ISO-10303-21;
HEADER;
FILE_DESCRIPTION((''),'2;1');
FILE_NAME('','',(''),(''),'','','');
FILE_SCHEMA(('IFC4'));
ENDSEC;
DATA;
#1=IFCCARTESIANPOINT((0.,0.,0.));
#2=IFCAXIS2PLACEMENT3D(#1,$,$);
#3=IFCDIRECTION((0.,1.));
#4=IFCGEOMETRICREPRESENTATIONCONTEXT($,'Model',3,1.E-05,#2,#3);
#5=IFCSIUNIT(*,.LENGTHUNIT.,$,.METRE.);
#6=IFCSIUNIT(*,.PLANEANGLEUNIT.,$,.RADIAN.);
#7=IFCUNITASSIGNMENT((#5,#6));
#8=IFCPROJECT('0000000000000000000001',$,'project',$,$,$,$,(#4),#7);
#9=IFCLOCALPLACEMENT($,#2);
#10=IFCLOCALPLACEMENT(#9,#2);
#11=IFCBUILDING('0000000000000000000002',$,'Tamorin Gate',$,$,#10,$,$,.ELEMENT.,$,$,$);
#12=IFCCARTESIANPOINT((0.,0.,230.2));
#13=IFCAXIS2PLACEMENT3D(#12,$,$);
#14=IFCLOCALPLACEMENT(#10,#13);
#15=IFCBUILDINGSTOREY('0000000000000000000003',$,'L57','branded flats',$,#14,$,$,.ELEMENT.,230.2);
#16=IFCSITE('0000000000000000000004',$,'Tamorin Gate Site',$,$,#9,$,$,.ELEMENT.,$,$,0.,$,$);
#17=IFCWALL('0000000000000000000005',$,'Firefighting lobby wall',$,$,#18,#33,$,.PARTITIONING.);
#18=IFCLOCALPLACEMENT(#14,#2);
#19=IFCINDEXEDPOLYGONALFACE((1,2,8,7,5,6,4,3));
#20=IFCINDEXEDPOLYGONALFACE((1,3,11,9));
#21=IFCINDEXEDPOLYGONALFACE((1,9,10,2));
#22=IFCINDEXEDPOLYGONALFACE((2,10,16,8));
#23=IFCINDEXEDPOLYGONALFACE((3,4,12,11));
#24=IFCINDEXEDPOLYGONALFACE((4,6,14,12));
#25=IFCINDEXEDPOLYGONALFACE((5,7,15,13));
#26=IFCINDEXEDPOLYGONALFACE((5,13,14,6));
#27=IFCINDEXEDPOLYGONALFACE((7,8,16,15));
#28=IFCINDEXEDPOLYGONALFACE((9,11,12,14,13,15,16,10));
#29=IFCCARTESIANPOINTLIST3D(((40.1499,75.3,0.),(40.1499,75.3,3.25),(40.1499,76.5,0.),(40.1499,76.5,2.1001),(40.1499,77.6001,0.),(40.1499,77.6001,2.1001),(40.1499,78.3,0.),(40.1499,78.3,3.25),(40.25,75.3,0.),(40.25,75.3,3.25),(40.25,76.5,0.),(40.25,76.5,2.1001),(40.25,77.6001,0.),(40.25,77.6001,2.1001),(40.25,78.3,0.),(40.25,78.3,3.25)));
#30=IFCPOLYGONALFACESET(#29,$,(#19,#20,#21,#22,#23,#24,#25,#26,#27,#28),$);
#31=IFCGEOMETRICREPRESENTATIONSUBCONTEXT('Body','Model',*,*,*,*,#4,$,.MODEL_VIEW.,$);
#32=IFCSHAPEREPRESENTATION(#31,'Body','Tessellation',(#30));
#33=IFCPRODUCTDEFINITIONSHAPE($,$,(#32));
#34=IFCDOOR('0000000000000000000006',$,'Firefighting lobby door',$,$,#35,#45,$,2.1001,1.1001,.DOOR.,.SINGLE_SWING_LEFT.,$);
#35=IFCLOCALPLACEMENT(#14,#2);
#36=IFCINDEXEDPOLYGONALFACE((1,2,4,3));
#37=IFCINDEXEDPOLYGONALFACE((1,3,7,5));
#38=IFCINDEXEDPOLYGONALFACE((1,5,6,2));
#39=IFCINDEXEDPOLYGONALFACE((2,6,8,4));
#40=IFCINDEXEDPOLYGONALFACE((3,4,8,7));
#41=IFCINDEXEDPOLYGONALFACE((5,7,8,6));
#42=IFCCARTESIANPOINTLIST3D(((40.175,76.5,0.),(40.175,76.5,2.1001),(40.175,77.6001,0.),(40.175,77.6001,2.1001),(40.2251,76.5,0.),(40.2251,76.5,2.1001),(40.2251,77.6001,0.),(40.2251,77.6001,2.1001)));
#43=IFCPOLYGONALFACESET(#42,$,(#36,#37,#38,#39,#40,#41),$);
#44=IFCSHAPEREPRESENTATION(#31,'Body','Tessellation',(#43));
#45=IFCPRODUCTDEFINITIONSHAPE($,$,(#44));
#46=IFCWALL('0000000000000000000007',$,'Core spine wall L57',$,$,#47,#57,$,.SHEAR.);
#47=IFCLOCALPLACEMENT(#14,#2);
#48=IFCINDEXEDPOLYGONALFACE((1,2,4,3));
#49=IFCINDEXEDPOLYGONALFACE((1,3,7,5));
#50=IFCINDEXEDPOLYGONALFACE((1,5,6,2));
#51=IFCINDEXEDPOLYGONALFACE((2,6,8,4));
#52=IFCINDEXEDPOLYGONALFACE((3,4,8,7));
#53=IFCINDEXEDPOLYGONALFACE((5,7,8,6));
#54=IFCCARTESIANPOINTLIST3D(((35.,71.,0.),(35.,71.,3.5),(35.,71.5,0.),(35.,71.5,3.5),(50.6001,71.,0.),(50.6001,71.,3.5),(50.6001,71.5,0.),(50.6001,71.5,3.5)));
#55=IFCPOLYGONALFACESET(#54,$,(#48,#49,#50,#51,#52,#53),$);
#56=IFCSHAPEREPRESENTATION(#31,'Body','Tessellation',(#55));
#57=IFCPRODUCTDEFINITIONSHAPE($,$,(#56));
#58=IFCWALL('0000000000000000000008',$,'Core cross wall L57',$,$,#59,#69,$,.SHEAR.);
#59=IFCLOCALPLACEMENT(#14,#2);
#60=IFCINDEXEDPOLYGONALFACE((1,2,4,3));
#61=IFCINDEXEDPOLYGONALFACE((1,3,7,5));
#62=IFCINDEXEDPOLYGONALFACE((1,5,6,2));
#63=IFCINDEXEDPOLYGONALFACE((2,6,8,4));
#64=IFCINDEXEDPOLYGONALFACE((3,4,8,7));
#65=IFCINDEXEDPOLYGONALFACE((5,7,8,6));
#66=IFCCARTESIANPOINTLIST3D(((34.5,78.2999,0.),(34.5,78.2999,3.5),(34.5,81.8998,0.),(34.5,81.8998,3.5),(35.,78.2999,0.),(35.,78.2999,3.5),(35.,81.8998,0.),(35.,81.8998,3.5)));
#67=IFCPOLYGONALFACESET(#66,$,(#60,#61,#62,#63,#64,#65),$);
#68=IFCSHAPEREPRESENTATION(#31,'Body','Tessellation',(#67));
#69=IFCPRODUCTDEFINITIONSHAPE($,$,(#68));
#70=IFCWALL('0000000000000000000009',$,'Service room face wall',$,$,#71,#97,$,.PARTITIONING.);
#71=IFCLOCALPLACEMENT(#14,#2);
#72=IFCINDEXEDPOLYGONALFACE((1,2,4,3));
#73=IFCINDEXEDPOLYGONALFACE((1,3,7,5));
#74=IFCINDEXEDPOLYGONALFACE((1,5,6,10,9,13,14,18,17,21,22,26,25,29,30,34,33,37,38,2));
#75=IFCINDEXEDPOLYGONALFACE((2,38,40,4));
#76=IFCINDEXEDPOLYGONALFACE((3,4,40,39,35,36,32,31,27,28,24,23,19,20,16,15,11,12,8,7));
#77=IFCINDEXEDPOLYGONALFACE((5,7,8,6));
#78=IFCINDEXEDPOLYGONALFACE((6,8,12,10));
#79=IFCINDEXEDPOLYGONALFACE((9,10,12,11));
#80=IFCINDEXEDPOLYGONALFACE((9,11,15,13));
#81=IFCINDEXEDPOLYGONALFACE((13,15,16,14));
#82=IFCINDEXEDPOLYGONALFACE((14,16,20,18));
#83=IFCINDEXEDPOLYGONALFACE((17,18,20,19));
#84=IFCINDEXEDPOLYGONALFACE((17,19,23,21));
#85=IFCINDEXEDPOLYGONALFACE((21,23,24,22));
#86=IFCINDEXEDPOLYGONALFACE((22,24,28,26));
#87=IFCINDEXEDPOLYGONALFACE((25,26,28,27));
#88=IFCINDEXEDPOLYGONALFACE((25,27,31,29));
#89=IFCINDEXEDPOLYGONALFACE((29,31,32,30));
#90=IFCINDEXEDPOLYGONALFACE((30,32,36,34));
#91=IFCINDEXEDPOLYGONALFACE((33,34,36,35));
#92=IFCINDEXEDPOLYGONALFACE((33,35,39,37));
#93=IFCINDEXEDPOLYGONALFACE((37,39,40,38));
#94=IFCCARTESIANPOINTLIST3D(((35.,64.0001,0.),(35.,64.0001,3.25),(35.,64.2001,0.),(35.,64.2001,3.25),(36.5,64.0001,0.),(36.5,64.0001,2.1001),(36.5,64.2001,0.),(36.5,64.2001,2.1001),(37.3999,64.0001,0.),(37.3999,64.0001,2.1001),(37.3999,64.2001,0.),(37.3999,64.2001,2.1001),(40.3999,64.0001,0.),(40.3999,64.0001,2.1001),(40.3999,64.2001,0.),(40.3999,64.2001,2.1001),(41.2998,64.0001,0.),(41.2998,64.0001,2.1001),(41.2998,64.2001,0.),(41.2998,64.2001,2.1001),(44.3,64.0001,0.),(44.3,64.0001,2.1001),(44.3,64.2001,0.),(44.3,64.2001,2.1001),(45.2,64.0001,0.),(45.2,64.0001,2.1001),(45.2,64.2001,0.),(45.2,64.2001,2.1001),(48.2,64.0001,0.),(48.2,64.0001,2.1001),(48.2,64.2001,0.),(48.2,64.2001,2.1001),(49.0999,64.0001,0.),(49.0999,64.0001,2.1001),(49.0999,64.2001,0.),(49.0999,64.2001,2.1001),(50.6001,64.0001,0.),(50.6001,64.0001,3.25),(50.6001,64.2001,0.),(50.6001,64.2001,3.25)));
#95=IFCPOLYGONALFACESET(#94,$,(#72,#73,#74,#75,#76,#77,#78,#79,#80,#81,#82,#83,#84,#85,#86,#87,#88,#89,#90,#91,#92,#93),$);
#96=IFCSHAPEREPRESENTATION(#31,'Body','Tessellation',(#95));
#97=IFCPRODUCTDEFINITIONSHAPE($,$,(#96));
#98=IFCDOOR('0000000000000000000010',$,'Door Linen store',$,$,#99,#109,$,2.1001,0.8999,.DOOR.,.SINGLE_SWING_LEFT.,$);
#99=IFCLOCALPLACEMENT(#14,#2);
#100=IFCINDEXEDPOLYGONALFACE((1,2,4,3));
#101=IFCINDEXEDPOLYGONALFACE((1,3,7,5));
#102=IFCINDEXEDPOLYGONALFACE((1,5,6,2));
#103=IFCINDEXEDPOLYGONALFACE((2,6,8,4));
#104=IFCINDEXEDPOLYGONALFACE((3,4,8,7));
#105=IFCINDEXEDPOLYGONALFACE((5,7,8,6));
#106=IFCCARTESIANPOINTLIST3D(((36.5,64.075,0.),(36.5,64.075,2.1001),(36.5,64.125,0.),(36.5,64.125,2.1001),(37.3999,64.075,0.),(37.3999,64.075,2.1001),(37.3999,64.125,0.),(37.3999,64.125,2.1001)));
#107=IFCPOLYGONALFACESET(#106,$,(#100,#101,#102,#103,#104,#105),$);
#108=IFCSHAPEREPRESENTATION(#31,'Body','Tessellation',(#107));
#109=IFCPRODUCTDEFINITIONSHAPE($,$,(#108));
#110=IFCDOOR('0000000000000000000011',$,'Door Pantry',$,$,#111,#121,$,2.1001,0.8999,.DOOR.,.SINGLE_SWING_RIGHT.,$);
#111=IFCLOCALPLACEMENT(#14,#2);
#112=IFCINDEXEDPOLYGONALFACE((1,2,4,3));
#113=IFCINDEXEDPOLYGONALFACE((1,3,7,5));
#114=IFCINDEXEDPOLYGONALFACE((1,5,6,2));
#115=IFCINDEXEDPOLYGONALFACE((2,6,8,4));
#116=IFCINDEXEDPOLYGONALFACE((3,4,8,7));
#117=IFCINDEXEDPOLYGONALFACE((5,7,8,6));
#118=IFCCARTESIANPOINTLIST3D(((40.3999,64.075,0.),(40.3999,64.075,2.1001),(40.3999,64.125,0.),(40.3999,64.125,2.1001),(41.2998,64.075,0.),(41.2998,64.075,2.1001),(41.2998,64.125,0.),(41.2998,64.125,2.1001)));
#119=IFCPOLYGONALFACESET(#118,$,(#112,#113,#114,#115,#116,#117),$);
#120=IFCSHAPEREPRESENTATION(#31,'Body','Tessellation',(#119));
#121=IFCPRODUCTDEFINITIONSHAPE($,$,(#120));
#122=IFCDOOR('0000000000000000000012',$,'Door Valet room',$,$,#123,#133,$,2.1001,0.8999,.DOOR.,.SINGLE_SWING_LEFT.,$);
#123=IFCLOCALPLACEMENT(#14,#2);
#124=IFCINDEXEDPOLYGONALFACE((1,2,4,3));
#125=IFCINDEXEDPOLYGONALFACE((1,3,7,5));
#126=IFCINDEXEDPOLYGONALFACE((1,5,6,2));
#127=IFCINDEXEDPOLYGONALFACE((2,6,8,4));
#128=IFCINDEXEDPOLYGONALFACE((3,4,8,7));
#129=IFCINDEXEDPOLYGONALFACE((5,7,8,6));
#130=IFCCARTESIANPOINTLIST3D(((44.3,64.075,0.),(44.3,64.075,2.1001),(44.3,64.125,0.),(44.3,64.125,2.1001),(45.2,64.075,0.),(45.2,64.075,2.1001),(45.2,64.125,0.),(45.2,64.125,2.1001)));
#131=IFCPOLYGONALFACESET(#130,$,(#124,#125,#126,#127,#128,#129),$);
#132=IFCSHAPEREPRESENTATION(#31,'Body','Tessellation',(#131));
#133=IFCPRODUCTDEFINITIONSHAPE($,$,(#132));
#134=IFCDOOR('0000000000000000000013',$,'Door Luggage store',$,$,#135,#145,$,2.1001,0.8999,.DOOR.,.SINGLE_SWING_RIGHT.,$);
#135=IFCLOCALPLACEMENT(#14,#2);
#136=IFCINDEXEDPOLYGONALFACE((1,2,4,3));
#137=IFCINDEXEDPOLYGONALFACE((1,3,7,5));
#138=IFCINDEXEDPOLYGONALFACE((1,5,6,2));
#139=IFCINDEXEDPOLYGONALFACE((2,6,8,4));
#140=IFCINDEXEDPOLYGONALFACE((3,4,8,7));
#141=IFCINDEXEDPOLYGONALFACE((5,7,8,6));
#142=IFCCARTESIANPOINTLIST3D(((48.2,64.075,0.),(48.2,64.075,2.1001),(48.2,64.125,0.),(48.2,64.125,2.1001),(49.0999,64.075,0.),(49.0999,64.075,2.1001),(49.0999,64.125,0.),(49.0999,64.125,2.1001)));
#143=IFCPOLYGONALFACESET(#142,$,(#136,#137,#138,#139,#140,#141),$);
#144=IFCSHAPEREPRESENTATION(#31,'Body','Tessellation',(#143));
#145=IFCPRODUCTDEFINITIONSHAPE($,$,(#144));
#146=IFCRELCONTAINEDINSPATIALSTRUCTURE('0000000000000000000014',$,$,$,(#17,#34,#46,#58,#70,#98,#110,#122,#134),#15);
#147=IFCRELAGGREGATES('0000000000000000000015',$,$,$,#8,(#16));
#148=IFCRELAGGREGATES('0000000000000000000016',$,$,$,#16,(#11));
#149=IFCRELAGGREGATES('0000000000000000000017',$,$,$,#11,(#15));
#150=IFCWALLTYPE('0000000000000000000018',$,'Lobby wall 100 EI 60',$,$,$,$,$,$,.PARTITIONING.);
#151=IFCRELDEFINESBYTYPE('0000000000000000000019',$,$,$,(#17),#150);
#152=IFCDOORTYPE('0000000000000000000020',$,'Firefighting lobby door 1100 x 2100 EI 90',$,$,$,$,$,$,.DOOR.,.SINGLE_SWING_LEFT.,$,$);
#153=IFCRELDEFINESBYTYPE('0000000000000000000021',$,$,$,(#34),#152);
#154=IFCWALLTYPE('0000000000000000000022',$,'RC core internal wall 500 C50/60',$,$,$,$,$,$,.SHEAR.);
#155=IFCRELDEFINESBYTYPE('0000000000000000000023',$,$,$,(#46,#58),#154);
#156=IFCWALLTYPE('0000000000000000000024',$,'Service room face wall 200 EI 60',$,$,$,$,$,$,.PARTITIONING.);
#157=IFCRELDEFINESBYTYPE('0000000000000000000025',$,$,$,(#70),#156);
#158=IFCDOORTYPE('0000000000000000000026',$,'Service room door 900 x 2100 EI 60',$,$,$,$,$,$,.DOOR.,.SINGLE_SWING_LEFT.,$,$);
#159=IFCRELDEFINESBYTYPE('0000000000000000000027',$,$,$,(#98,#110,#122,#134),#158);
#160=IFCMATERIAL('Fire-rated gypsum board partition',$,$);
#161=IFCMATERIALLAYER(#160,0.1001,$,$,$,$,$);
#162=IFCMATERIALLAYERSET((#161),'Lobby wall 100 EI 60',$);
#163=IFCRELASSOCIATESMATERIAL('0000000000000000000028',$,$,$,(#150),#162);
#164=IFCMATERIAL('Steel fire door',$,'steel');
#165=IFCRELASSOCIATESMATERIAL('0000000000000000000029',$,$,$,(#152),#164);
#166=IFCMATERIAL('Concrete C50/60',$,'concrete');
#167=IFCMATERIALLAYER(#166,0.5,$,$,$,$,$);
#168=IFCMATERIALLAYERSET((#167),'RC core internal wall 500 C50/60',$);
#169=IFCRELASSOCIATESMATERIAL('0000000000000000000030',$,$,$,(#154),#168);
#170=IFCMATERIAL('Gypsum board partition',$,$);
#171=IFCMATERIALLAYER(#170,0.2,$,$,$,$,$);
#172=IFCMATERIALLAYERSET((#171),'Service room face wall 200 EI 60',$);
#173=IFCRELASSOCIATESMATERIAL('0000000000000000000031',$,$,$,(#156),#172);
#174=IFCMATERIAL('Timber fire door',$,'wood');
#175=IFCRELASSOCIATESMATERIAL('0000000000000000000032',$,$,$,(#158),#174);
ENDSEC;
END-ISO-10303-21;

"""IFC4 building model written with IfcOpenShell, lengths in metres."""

from ifc_helpers import new_model, si_unit, direction, frame, frame_2d, origin, place, context, subcontext, project, spatial, rectangle, extrude, material, layer, layer_set, type_object, element, fill, save


model = new_model("IFC4")

# Units and contexts
model_context = context("Model", 3, precision=1e-05, world=origin(), true_north=direction((0.0, 1.0)))
body_context = subcontext(model_context, "Body", "Model", "MODEL_VIEW")
ifc_project = project(units=[si_unit("LENGTHUNIT", "METRE"), si_unit("PLANEANGLEUNIT", "RADIAN")], contexts=[model_context])

# Site, building, storey
site_placement = place(None, origin())
site = spatial("IfcSite", under=ifc_project, at=site_placement, Name="Tamorin Gate Site", CompositionType="ELEMENT", RefElevation=0.0)
building_placement = place(site_placement, origin())
building = spatial("IfcBuilding", under=site, at=building_placement, Name="Tamorin Gate", CompositionType="ELEMENT")
storey_placement = place(building_placement, frame((0.0, 0.0, 230.2)))
storey = spatial("IfcBuildingStorey", under=building, at=storey_placement, Name="L57", Description="branded flats", CompositionType="ELEMENT", Elevation=230.2)

# Shared definitions
ifc_material_1 = material(Name="Fire-rated gypsum board partition")
ifc_layer_1 = layer(ifc_material_1, 0.1001)
ifc_layer_set_1 = layer_set([ifc_layer_1], Name="Lobby wall 100 EI 60")
wall_type_1 = type_object("IfcWallType", Name="Lobby wall 100 EI 60", PredefinedType="PARTITIONING", material=ifc_layer_set_1)

# Wall, opening, door
wall_1_placement = place(storey_placement, frame((40.2, 75.3, 0.0), z_axis=(0.0, 0.0, 1.0), x_axis=(0.0, 1.0, 0.0)))
wall_1 = element("IfcWall", 1, at=wall_1_placement, inside=storey, type_object=wall_type_1, Name="Firefighting lobby wall", PredefinedType="PARTITIONING", context=body_context, shape_type="SweptSolid", body=[
    extrude(rectangle(XDim=3.0, YDim=0.1001, at=frame_2d((1.5, 0.0))), origin(), (0.0, 0.0, 1.0), 3.25),
])
opening_1_placement = place(wall_1_placement, frame((1.2, 0.0, 0.0)))
opening_1 = element("IfcOpeningElement", 2, at=opening_1_placement, cuts=wall_1, PredefinedType="OPENING", context=body_context, shape_type="SweptSolid", body=[
    extrude(rectangle(XDim=1.1001, YDim=2.1001, at=frame_2d((0.55, 1.05))), frame((0.0, 0.0601, 0.0), z_axis=(0.0, -1.0, 0.0), x_axis=(1.0, 0.0, 0.0)), (0.0, 0.0, 1.0), 0.1201),
])
ifc_material_2 = material(Name="Steel fire door", Category="steel")
door_type_1 = type_object("IfcDoorType", Name="Firefighting lobby door 1100 x 2100 EI 90", OperationType="SINGLE_SWING_LEFT", PredefinedType="DOOR", material=ifc_material_2)
door_1_placement = place(opening_1_placement, origin())
door_1 = element("IfcDoor", 3, at=door_1_placement, inside=storey, type_object=door_type_1, Name="Firefighting lobby door", OperationType="SINGLE_SWING_LEFT", OverallHeight=2.1001, OverallWidth=1.1001, PredefinedType="DOOR", context=body_context, shape_type="SweptSolid", body=[
    extrude(rectangle(XDim=1.1001, YDim=2.1001, at=frame_2d((0.55, 1.05))), frame((0.0, 0.0249, 0.0), z_axis=(0.0, -1.0, 0.0), x_axis=(1.0, 0.0, 0.0)), (0.0, 0.0, 1.0), 0.05),
])
fill(opening_1, door_1)

# Walls
ifc_material_3 = material(Name="Concrete C50/60", Category="concrete")
ifc_layer_2 = layer(ifc_material_3, 0.5)
ifc_layer_set_2 = layer_set([ifc_layer_2], Name="RC core internal wall 500 C50/60")
wall_type_2 = type_object("IfcWallType", Name="RC core internal wall 500 C50/60", PredefinedType="SHEAR", material=ifc_layer_set_2)
wall_2_placement = place(storey_placement, frame((35.0, 71.25, 0.0), z_axis=(0.0, 0.0, 1.0), x_axis=(1.0, 0.0, 0.0)))
element("IfcWall", 4, at=wall_2_placement, inside=storey, type_object=wall_type_2, Name="Core spine wall L57", PredefinedType="SHEAR", context=body_context, shape_type="SweptSolid", body=[
    extrude(rectangle(XDim=15.6001, YDim=0.5, at=frame_2d((7.8, 0.0))), origin(), (0.0, 0.0, 1.0), 3.5),
])
wall_3_placement = place(storey_placement, frame((34.75, 78.3, 0.0), z_axis=(0.0, 0.0, 1.0), x_axis=(0.0, 1.0, 0.0)))
element("IfcWall", 5, at=wall_3_placement, inside=storey, type_object=wall_type_2, Name="Core cross wall L57", PredefinedType="SHEAR", context=body_context, shape_type="SweptSolid", body=[
    extrude(rectangle(XDim=3.5999, YDim=0.5, at=frame_2d((1.7998, 0.0))), origin(), (0.0, 0.0, 1.0), 3.5),
])

# Wall, openings, doors
ifc_material_4 = material(Name="Gypsum board partition")
ifc_layer_3 = layer(ifc_material_4, 0.2)
ifc_layer_set_3 = layer_set([ifc_layer_3], Name="Service room face wall 200 EI 60")
wall_type_3 = type_object("IfcWallType", Name="Service room face wall 200 EI 60", PredefinedType="PARTITIONING", material=ifc_layer_set_3)
wall_4_placement = place(storey_placement, frame((35.0, 64.1001, 0.0), z_axis=(0.0, 0.0, 1.0), x_axis=(1.0, 0.0, 0.0)))
wall_4 = element("IfcWall", 6, at=wall_4_placement, inside=storey, type_object=wall_type_3, Name="Service room face wall", PredefinedType="PARTITIONING", context=body_context, shape_type="SweptSolid", body=[
    extrude(rectangle(XDim=15.6001, YDim=0.2, at=frame_2d((7.8, 0.0))), origin(), (0.0, 0.0, 1.0), 3.25),
])
opening_2_placement = place(wall_4_placement, frame((1.5, 0.0, 0.0)))
opening_2 = element("IfcOpeningElement", 7, at=opening_2_placement, cuts=wall_4, PredefinedType="OPENING", context=body_context, shape_type="SweptSolid", body=[
    extrude(rectangle(XDim=0.8999, YDim=2.1001, at=frame_2d((0.45, 1.05))), frame((0.0, 0.1099, 0.0), z_axis=(0.0, -1.0, 0.0), x_axis=(1.0, 0.0, 0.0)), (0.0, 0.0, 1.0), 0.22),
])
opening_3_placement = place(wall_4_placement, frame((5.3999, 0.0, 0.0)))
opening_3 = element("IfcOpeningElement", 8, at=opening_3_placement, cuts=wall_4, PredefinedType="OPENING", context=body_context, shape_type="SweptSolid", body=[
    extrude(rectangle(XDim=0.8999, YDim=2.1001, at=frame_2d((0.45, 1.05))), frame((0.0, 0.1099, 0.0), z_axis=(0.0, -1.0, 0.0), x_axis=(1.0, 0.0, 0.0)), (0.0, 0.0, 1.0), 0.22),
])
opening_4_placement = place(wall_4_placement, frame((9.3, 0.0, 0.0)))
opening_4 = element("IfcOpeningElement", 9, at=opening_4_placement, cuts=wall_4, PredefinedType="OPENING", context=body_context, shape_type="SweptSolid", body=[
    extrude(rectangle(XDim=0.8999, YDim=2.1001, at=frame_2d((0.45, 1.05))), frame((0.0, 0.1099, 0.0), z_axis=(0.0, -1.0, 0.0), x_axis=(1.0, 0.0, 0.0)), (0.0, 0.0, 1.0), 0.22),
])
opening_5_placement = place(wall_4_placement, frame((13.2, 0.0, 0.0)))
opening_5 = element("IfcOpeningElement", 10, at=opening_5_placement, cuts=wall_4, PredefinedType="OPENING", context=body_context, shape_type="SweptSolid", body=[
    extrude(rectangle(XDim=0.8999, YDim=2.1001, at=frame_2d((0.45, 1.05))), frame((0.0, 0.1099, 0.0), z_axis=(0.0, -1.0, 0.0), x_axis=(1.0, 0.0, 0.0)), (0.0, 0.0, 1.0), 0.22),
])
ifc_material_5 = material(Name="Timber fire door", Category="wood")
door_type_2 = type_object("IfcDoorType", Name="Service room door 900 x 2100 EI 60", OperationType="SINGLE_SWING_LEFT", PredefinedType="DOOR", material=ifc_material_5)
door_2_placement = place(opening_2_placement, origin())
door_2 = element("IfcDoor", 11, at=door_2_placement, inside=storey, type_object=door_type_2, Name="Door Linen store", OperationType="SINGLE_SWING_LEFT", OverallHeight=2.1001, OverallWidth=0.8999, PredefinedType="DOOR", context=body_context, shape_type="SweptSolid", body=[
    extrude(rectangle(XDim=0.8999, YDim=2.1001, at=frame_2d((0.45, 1.05))), frame((0.0, 0.0249, 0.0), z_axis=(0.0, -1.0, 0.0), x_axis=(1.0, 0.0, 0.0)), (0.0, 0.0, 1.0), 0.05),
])
fill(opening_2, door_2)
door_3_placement = place(opening_3_placement, origin())
door_3 = element("IfcDoor", 12, at=door_3_placement, inside=storey, type_object=door_type_2, Name="Door Pantry", OperationType="SINGLE_SWING_RIGHT", OverallHeight=2.1001, OverallWidth=0.8999, PredefinedType="DOOR", context=body_context, shape_type="SweptSolid", body=[
    extrude(rectangle(XDim=0.8999, YDim=2.1001, at=frame_2d((0.45, 1.05))), frame((0.0, 0.0249, 0.0), z_axis=(0.0, -1.0, 0.0), x_axis=(1.0, 0.0, 0.0)), (0.0, 0.0, 1.0), 0.05),
])
fill(opening_3, door_3)
door_4_placement = place(opening_4_placement, origin())
door_4 = element("IfcDoor", 13, at=door_4_placement, inside=storey, type_object=door_type_2, Name="Door Valet room", OperationType="SINGLE_SWING_LEFT", OverallHeight=2.1001, OverallWidth=0.8999, PredefinedType="DOOR", context=body_context, shape_type="SweptSolid", body=[
    extrude(rectangle(XDim=0.8999, YDim=2.1001, at=frame_2d((0.45, 1.05))), frame((0.0, 0.0249, 0.0), z_axis=(0.0, -1.0, 0.0), x_axis=(1.0, 0.0, 0.0)), (0.0, 0.0, 1.0), 0.05),
])
fill(opening_4, door_4)
door_5_placement = place(opening_5_placement, origin())
door_5 = element("IfcDoor", 14, at=door_5_placement, inside=storey, type_object=door_type_2, Name="Door Luggage store", OperationType="SINGLE_SWING_RIGHT", OverallHeight=2.1001, OverallWidth=0.8999, PredefinedType="DOOR", context=body_context, shape_type="SweptSolid", body=[
    extrude(rectangle(XDim=0.8999, YDim=2.1001, at=frame_2d((0.45, 1.05))), frame((0.0, 0.0249, 0.0), z_axis=(0.0, -1.0, 0.0), x_axis=(1.0, 0.0, 0.0)), (0.0, 0.0, 1.0), 0.05),
])
fill(opening_5, door_5)

save(model, "model.ifc")
